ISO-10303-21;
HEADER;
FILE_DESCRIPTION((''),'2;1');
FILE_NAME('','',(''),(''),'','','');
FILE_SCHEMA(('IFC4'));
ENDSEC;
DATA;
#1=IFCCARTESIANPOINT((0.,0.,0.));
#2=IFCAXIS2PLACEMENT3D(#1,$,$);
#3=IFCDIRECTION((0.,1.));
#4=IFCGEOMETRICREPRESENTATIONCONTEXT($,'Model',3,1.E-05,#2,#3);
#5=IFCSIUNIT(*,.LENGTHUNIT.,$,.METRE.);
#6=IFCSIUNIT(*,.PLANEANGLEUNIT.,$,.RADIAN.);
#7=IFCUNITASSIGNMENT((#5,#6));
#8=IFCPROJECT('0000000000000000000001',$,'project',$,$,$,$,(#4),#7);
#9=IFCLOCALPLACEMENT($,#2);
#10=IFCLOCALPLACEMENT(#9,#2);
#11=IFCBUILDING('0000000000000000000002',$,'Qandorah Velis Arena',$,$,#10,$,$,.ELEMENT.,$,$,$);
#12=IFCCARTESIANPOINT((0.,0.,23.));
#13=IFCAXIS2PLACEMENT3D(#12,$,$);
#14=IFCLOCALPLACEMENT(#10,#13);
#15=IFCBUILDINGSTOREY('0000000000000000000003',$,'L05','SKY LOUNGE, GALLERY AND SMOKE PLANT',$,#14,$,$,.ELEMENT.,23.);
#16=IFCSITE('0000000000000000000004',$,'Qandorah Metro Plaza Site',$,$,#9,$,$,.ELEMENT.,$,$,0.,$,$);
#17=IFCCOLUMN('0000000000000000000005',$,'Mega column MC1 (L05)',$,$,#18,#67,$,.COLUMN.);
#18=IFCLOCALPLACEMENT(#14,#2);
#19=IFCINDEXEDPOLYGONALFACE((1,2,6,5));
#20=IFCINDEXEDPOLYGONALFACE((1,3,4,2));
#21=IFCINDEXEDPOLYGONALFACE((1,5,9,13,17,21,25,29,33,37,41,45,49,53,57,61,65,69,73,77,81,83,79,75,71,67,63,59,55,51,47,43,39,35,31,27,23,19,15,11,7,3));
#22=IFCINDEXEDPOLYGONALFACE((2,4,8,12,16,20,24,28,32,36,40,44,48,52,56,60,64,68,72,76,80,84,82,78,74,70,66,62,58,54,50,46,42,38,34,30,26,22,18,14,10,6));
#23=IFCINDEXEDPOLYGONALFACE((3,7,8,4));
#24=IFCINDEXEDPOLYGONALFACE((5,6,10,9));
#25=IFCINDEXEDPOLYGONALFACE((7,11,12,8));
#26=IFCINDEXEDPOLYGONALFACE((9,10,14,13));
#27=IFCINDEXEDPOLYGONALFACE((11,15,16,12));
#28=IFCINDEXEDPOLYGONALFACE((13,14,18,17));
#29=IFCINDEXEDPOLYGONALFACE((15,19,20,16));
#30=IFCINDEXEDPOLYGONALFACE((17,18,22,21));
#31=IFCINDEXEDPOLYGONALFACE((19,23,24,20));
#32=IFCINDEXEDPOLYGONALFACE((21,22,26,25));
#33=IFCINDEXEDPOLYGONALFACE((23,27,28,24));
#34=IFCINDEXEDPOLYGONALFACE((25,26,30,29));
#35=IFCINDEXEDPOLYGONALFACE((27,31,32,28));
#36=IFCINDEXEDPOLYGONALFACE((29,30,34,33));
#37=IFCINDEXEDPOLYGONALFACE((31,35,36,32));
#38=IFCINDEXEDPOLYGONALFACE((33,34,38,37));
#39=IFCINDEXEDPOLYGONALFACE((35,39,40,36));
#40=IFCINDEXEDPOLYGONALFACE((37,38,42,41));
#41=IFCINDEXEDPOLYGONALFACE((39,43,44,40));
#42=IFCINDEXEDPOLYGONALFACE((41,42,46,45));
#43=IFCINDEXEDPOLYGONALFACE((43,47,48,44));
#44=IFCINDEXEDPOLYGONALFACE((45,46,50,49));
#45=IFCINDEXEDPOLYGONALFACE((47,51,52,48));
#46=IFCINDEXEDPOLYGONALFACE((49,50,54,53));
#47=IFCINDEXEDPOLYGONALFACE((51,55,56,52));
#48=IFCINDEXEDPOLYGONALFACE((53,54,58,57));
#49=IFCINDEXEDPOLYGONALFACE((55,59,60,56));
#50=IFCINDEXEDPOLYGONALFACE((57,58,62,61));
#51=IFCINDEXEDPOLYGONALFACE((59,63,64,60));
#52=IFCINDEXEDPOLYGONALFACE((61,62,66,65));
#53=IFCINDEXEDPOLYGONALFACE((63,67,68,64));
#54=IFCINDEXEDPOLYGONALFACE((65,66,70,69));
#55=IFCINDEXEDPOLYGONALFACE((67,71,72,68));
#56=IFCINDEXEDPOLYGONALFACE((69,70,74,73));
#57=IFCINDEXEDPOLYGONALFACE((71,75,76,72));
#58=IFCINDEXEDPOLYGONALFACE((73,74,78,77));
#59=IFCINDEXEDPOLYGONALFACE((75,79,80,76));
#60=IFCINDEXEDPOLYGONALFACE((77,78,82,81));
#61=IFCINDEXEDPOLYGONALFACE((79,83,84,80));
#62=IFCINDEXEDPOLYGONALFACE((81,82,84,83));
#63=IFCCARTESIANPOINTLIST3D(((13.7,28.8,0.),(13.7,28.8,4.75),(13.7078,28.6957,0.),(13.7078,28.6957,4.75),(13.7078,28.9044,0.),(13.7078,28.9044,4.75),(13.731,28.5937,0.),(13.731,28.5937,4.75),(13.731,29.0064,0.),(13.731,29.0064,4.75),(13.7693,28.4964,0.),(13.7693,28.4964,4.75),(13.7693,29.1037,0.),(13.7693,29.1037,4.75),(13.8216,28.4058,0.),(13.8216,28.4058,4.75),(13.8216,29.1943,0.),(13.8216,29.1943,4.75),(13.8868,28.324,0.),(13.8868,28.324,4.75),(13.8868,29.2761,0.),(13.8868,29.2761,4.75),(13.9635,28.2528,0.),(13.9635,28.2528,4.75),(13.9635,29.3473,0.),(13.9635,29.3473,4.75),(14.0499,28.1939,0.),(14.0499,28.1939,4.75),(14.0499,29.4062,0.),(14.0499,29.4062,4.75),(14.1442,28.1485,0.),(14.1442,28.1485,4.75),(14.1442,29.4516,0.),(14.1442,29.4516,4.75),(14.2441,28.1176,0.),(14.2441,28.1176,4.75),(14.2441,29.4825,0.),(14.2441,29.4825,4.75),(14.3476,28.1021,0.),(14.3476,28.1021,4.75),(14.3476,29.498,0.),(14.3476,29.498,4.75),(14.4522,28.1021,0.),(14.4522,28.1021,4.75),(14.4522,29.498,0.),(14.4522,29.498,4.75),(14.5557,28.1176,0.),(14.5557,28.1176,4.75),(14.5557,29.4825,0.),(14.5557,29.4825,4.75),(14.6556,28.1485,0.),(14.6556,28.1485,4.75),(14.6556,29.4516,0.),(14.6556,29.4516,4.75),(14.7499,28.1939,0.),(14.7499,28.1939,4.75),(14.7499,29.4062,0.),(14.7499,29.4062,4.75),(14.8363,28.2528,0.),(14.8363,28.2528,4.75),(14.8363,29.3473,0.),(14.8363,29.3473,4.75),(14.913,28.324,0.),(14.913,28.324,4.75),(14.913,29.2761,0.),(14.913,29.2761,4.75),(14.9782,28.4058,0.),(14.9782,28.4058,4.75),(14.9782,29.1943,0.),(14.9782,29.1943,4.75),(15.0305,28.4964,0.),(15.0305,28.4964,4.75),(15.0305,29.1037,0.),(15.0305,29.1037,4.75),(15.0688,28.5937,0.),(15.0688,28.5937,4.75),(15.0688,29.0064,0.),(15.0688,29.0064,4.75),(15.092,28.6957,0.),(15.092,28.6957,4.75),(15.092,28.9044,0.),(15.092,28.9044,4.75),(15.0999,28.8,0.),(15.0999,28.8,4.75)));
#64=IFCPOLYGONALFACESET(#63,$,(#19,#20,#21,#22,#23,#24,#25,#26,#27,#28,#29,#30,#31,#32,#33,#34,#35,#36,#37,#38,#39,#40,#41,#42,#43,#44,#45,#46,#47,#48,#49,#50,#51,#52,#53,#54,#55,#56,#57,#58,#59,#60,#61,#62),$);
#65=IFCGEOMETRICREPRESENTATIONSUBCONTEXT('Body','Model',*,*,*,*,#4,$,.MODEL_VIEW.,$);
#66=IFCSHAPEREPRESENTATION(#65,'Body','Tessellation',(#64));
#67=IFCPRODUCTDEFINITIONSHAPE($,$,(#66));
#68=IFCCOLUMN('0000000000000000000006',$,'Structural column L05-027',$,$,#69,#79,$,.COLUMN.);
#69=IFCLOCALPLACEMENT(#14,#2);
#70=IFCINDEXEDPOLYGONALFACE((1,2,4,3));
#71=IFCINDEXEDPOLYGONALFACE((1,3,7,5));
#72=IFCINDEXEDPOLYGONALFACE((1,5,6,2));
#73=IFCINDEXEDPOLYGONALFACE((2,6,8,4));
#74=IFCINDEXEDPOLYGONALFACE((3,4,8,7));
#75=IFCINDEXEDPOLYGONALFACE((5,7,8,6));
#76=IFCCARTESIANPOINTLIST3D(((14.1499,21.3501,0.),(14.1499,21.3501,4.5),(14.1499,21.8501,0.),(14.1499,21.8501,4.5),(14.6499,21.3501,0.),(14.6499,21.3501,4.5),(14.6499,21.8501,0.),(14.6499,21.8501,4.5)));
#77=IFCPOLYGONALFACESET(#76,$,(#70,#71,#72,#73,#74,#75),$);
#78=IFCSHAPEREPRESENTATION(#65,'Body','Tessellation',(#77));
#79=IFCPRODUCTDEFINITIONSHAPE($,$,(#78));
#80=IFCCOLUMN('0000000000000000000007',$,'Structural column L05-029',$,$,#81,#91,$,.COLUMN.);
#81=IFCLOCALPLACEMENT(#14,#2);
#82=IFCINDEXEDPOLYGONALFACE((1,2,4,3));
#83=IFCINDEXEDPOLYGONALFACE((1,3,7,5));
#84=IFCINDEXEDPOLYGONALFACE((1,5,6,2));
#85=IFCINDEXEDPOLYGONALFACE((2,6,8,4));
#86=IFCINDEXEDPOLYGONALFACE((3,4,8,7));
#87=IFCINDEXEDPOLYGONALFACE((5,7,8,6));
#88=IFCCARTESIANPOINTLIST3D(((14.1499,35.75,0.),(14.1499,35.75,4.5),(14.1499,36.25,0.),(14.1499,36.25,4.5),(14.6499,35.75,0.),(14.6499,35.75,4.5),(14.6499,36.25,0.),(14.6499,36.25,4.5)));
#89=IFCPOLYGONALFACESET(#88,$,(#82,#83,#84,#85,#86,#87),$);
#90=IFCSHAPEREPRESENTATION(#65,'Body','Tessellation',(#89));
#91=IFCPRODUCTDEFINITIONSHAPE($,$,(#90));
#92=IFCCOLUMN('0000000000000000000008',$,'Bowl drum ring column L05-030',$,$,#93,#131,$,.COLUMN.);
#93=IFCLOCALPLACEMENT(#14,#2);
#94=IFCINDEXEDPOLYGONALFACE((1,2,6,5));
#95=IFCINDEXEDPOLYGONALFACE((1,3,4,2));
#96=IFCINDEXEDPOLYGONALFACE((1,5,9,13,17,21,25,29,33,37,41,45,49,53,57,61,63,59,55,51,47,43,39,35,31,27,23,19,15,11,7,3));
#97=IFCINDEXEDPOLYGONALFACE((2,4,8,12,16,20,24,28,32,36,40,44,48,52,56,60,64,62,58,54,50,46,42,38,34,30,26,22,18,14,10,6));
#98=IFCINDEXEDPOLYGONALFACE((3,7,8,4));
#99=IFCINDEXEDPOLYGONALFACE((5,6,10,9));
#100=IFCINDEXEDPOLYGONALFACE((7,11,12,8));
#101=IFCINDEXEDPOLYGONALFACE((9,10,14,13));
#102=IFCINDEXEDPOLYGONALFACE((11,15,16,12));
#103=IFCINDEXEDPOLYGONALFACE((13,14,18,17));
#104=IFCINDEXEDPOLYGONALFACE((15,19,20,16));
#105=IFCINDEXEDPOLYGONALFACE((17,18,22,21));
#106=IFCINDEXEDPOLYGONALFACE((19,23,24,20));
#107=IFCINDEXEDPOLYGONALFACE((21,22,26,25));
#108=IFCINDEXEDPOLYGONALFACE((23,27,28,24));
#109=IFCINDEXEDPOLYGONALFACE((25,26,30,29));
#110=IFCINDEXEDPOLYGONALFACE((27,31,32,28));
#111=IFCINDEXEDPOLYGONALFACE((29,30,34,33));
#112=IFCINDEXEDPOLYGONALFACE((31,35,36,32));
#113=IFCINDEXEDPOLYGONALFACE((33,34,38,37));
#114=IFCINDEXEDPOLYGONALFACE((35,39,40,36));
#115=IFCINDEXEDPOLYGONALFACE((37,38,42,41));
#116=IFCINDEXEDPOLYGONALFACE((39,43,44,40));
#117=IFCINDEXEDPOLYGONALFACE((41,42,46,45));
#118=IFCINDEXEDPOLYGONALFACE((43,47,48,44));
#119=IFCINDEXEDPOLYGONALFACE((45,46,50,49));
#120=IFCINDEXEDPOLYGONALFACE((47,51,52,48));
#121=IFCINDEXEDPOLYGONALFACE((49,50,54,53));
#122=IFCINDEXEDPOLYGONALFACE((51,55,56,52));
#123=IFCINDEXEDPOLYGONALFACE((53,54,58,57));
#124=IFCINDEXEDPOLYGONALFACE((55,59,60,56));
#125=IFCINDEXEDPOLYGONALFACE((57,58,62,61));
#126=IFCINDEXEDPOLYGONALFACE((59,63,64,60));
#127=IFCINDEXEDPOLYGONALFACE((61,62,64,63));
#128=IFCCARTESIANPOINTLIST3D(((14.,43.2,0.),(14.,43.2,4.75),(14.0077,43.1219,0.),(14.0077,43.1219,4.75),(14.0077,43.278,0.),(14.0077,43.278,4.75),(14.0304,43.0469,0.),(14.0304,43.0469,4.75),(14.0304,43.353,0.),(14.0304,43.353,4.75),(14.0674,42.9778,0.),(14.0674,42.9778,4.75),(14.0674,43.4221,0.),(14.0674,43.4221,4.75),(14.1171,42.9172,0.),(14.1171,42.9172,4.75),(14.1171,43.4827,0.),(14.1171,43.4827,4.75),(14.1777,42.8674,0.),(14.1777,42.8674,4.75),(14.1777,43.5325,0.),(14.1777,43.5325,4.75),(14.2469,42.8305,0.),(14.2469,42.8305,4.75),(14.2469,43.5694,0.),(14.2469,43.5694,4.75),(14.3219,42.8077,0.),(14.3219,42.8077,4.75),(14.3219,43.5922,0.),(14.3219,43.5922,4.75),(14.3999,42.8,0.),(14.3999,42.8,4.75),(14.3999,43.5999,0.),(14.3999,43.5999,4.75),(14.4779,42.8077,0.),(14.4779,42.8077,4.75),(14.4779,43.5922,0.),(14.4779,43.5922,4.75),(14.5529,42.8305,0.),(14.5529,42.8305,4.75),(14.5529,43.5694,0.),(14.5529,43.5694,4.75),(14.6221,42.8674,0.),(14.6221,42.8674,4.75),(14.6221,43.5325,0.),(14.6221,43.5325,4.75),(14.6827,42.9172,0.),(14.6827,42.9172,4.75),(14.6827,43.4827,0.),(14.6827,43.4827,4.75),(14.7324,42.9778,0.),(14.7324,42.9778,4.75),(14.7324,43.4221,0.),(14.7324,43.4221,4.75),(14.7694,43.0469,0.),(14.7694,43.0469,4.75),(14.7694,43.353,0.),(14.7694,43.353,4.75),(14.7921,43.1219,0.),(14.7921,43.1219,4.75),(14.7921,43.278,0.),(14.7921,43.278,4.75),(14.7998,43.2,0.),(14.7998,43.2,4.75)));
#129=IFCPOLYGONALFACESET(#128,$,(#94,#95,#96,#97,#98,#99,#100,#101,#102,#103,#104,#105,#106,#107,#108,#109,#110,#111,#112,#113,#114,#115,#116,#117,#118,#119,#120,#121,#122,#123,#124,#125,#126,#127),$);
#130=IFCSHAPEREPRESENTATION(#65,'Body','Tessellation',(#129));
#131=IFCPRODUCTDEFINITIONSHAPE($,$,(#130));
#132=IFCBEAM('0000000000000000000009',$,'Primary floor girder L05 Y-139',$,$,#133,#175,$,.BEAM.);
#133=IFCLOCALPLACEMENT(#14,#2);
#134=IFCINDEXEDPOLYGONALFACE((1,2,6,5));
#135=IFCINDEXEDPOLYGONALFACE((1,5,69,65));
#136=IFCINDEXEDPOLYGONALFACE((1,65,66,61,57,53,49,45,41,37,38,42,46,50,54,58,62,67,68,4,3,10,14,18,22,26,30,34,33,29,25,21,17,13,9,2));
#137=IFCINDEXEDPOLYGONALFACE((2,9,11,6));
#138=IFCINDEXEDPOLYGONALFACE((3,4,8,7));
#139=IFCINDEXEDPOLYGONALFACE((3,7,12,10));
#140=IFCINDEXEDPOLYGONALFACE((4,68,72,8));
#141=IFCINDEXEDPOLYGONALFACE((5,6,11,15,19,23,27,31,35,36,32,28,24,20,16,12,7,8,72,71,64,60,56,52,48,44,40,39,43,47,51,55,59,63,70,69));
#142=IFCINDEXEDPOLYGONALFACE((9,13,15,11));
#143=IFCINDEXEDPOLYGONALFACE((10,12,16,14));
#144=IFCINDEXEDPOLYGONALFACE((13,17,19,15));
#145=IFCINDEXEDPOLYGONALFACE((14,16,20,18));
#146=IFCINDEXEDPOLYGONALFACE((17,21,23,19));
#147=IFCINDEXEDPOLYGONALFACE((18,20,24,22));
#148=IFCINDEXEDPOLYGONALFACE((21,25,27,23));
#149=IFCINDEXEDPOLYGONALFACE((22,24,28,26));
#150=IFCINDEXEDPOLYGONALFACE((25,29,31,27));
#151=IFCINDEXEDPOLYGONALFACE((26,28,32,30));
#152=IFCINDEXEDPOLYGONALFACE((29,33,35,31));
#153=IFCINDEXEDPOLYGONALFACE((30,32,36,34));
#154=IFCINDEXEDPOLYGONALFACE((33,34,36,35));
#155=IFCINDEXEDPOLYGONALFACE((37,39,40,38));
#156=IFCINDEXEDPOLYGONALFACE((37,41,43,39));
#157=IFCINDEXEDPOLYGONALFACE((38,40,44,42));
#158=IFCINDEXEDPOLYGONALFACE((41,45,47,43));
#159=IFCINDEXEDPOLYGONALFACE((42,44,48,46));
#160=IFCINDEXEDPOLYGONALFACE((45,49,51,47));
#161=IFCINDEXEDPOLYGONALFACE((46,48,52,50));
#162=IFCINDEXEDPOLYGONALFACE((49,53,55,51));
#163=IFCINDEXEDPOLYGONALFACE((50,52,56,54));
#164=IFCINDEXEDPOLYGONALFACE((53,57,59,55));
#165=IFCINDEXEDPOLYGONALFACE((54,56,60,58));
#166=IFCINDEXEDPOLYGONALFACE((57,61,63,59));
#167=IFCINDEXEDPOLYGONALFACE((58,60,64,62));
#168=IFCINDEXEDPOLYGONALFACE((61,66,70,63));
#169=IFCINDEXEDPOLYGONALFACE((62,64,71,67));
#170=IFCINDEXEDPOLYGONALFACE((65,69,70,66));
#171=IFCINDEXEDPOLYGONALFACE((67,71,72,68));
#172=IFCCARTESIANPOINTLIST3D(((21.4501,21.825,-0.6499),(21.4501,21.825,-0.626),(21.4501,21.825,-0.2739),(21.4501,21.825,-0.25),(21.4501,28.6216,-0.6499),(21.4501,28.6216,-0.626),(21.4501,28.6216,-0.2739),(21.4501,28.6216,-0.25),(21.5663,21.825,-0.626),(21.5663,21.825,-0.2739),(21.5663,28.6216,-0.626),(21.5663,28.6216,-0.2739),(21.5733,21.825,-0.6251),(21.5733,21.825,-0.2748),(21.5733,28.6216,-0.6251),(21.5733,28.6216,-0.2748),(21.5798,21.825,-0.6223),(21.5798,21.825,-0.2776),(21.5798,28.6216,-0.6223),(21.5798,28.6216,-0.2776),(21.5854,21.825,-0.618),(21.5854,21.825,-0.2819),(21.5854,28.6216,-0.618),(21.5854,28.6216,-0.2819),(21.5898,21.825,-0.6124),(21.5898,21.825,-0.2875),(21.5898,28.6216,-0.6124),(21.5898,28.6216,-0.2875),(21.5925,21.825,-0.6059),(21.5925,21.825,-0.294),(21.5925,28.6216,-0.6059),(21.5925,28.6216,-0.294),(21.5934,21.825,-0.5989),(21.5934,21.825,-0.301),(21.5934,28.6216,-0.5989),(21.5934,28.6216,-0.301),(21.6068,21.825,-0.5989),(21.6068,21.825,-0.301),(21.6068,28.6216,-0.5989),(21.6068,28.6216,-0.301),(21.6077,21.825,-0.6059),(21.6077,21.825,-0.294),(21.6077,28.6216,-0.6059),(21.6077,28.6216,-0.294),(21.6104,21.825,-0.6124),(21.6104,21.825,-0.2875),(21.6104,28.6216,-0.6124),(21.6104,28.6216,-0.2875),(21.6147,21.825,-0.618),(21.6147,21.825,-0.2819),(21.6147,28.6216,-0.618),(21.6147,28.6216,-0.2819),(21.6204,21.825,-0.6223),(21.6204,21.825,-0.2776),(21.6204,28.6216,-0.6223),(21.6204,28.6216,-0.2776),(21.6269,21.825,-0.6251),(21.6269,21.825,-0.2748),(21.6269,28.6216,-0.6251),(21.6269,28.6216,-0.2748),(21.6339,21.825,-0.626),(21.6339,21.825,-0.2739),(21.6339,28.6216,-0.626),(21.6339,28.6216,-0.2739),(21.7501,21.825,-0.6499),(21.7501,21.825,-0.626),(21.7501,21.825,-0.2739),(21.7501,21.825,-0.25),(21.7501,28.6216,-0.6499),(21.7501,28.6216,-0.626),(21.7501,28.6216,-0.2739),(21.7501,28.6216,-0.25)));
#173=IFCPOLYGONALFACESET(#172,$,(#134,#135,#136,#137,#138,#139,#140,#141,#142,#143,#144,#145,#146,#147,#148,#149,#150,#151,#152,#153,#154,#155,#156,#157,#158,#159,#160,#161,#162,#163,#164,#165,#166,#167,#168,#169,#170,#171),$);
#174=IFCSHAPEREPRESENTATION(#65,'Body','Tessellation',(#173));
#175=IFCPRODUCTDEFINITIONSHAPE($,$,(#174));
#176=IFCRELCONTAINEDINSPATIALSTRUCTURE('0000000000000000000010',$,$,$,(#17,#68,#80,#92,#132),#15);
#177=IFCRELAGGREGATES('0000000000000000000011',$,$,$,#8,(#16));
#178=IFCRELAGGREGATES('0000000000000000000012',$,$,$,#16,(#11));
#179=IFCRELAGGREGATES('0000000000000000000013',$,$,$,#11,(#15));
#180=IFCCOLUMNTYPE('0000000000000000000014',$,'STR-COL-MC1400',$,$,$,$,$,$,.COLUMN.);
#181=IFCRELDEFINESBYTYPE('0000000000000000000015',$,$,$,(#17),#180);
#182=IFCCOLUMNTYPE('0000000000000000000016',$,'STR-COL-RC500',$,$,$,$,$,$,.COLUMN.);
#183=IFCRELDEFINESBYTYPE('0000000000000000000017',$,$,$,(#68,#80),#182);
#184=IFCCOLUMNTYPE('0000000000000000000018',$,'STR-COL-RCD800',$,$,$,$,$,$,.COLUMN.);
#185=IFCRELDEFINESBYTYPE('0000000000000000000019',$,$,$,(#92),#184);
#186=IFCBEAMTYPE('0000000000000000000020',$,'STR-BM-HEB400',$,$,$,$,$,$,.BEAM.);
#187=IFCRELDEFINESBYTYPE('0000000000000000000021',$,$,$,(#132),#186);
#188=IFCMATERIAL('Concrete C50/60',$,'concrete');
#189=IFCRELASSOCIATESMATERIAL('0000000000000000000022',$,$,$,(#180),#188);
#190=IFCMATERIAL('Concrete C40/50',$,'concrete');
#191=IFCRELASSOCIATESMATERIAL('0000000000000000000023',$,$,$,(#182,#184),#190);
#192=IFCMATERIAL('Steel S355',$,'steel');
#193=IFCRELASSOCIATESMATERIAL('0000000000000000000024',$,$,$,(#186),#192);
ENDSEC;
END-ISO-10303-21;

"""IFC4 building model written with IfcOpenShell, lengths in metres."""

from ifc_helpers import new_model, si_unit, direction, frame, origin, origin_2d, place, context, subcontext, project, spatial, rectangle, circle, i_section, extrude, material, material_profile, profile_set, type_object, element, save


model = new_model("IFC4")

# Units and contexts
model_context = context("Model", 3, precision=1e-05, world=origin(), true_north=direction((0.0, 1.0)))
body_context = subcontext(model_context, "Body", "Model", "MODEL_VIEW")
ifc_project = project(units=[si_unit("LENGTHUNIT", "METRE"), si_unit("PLANEANGLEUNIT", "RADIAN")], contexts=[model_context])

# Site, building, storey
site_placement = place(None, origin())
site = spatial("IfcSite", under=ifc_project, at=site_placement, Name="Qandorah Metro Plaza Site", CompositionType="ELEMENT", RefElevation=0.0)
building_placement = place(site_placement, origin())
building = spatial("IfcBuilding", under=site, at=building_placement, Name="Qandorah Velis Arena", CompositionType="ELEMENT")
storey_placement = place(building_placement, frame((0.0, 0.0, 23.0)))
storey = spatial("IfcBuildingStorey", under=building, at=storey_placement, Name="L05", Description="SKY LOUNGE, GALLERY AND SMOKE PLANT", CompositionType="ELEMENT", Elevation=23.0)

# Columns
ifc_material_1 = material(Name="Concrete C50/60", Category="concrete")
ifc_material_profile_1 = material_profile(ifc_material_1, circle(Radius=0.7, at=origin_2d()), Name="MC D1400")
ifc_profile_set_1 = profile_set([ifc_material_profile_1], Name="Concrete C50/60")
column_type_1 = type_object("IfcColumnType", Name="STR-COL-MC1400", PredefinedType="COLUMN", material=ifc_profile_set_1)
column_1_placement = place(storey_placement, frame((14.3999, 28.8, 0.0), z_axis=(0.0, 0.0, 1.0), x_axis=(1.0, 0.0, 0.0)))
element("IfcColumn", 1, at=column_1_placement, inside=storey, type_object=column_type_1, Name="Mega column MC1 (L05)", PredefinedType="COLUMN", context=body_context, shape_type="SweptSolid", body=[
    extrude(circle(Radius=0.7, at=origin_2d()), origin(), (0.0, 0.0, 1.0), 4.75),
])
ifc_material_2 = material(Name="Concrete C40/50", Category="concrete")
ifc_material_profile_2 = material_profile(ifc_material_2, rectangle(XDim=0.5, YDim=0.5, at=origin_2d()), Name="RC COL 500x500")
ifc_profile_set_2 = profile_set([ifc_material_profile_2], Name="Concrete C40/50")
column_type_2 = type_object("IfcColumnType", Name="STR-COL-RC500", PredefinedType="COLUMN", material=ifc_profile_set_2)
for number, where, z_axis, x_axis, name in (
    (2, (14.3999, 21.6001, 0.0), (0.0, 0.0, 1.0), (1.0, 0.0, 0.0), "Structural column L05-027"),
    (3, (14.3999, 36.0, 0.0), (0.0, 0.0, 1.0), (1.0, 0.0, 0.0), "Structural column L05-029"),
):
    element("IfcColumn", number, at=place(storey_placement, frame(where, z_axis=z_axis, x_axis=x_axis)), inside=storey, type_object=column_type_2, Name=name, PredefinedType="COLUMN", context=body_context, shape_type="SweptSolid", body=[
        extrude(rectangle(XDim=0.5, YDim=0.5, at=origin_2d()), origin(), (0.0, 0.0, 1.0), 4.5),
    ])
ifc_material_profile_3 = material_profile(ifc_material_2, circle(Radius=0.3999, at=origin_2d()), Name="RC D800")
ifc_profile_set_3 = profile_set([ifc_material_profile_3], Name="Concrete C40/50")
column_type_3 = type_object("IfcColumnType", Name="STR-COL-RCD800", PredefinedType="COLUMN", material=ifc_profile_set_3)
column_2_placement = place(storey_placement, frame((14.3999, 43.2, 0.0), z_axis=(0.0, 0.0, 1.0), x_axis=(1.0, 0.0, 0.0)))
element("IfcColumn", 4, at=column_2_placement, inside=storey, type_object=column_type_3, Name="Bowl drum ring column L05-030", PredefinedType="COLUMN", context=body_context, shape_type="SweptSolid", body=[
    extrude(circle(Radius=0.3999, at=origin_2d()), origin(), (0.0, 0.0, 1.0), 4.75),
])

# Beam
ifc_material_3 = material(Name="Steel S355", Category="steel")
ifc_material_profile_4 = material_profile(ifc_material_3, i_section(OverallWidth=0.3, OverallDepth=0.3999, WebThickness=0.0134, FlangeThickness=0.0239, FilletRadius=0.0271, at=origin_2d()), Name="HEB 400")
ifc_profile_set_4 = profile_set([ifc_material_profile_4], Name="Steel S355")
beam_type_1 = type_object("IfcBeamType", Name="STR-BM-HEB400", PredefinedType="BEAM", material=ifc_profile_set_4)
beam_1_placement = place(storey_placement, frame((21.6001, 21.825, -0.45), z_axis=(0.0, 1.0, 0.0), x_axis=(-1.0, 0.0, 0.0)))
element("IfcBeam", 5, at=beam_1_placement, inside=storey, type_object=beam_type_1, Name="Primary floor girder L05 Y-139", PredefinedType="BEAM", context=body_context, shape_type="SweptSolid", body=[
    extrude(i_section(OverallWidth=0.3, OverallDepth=0.3999, WebThickness=0.0134, FlangeThickness=0.0239, FilletRadius=0.0271, at=origin_2d()), origin(), (0.0, 0.0, 1.0), 6.7966),
])

save(model, "model.ifc")
